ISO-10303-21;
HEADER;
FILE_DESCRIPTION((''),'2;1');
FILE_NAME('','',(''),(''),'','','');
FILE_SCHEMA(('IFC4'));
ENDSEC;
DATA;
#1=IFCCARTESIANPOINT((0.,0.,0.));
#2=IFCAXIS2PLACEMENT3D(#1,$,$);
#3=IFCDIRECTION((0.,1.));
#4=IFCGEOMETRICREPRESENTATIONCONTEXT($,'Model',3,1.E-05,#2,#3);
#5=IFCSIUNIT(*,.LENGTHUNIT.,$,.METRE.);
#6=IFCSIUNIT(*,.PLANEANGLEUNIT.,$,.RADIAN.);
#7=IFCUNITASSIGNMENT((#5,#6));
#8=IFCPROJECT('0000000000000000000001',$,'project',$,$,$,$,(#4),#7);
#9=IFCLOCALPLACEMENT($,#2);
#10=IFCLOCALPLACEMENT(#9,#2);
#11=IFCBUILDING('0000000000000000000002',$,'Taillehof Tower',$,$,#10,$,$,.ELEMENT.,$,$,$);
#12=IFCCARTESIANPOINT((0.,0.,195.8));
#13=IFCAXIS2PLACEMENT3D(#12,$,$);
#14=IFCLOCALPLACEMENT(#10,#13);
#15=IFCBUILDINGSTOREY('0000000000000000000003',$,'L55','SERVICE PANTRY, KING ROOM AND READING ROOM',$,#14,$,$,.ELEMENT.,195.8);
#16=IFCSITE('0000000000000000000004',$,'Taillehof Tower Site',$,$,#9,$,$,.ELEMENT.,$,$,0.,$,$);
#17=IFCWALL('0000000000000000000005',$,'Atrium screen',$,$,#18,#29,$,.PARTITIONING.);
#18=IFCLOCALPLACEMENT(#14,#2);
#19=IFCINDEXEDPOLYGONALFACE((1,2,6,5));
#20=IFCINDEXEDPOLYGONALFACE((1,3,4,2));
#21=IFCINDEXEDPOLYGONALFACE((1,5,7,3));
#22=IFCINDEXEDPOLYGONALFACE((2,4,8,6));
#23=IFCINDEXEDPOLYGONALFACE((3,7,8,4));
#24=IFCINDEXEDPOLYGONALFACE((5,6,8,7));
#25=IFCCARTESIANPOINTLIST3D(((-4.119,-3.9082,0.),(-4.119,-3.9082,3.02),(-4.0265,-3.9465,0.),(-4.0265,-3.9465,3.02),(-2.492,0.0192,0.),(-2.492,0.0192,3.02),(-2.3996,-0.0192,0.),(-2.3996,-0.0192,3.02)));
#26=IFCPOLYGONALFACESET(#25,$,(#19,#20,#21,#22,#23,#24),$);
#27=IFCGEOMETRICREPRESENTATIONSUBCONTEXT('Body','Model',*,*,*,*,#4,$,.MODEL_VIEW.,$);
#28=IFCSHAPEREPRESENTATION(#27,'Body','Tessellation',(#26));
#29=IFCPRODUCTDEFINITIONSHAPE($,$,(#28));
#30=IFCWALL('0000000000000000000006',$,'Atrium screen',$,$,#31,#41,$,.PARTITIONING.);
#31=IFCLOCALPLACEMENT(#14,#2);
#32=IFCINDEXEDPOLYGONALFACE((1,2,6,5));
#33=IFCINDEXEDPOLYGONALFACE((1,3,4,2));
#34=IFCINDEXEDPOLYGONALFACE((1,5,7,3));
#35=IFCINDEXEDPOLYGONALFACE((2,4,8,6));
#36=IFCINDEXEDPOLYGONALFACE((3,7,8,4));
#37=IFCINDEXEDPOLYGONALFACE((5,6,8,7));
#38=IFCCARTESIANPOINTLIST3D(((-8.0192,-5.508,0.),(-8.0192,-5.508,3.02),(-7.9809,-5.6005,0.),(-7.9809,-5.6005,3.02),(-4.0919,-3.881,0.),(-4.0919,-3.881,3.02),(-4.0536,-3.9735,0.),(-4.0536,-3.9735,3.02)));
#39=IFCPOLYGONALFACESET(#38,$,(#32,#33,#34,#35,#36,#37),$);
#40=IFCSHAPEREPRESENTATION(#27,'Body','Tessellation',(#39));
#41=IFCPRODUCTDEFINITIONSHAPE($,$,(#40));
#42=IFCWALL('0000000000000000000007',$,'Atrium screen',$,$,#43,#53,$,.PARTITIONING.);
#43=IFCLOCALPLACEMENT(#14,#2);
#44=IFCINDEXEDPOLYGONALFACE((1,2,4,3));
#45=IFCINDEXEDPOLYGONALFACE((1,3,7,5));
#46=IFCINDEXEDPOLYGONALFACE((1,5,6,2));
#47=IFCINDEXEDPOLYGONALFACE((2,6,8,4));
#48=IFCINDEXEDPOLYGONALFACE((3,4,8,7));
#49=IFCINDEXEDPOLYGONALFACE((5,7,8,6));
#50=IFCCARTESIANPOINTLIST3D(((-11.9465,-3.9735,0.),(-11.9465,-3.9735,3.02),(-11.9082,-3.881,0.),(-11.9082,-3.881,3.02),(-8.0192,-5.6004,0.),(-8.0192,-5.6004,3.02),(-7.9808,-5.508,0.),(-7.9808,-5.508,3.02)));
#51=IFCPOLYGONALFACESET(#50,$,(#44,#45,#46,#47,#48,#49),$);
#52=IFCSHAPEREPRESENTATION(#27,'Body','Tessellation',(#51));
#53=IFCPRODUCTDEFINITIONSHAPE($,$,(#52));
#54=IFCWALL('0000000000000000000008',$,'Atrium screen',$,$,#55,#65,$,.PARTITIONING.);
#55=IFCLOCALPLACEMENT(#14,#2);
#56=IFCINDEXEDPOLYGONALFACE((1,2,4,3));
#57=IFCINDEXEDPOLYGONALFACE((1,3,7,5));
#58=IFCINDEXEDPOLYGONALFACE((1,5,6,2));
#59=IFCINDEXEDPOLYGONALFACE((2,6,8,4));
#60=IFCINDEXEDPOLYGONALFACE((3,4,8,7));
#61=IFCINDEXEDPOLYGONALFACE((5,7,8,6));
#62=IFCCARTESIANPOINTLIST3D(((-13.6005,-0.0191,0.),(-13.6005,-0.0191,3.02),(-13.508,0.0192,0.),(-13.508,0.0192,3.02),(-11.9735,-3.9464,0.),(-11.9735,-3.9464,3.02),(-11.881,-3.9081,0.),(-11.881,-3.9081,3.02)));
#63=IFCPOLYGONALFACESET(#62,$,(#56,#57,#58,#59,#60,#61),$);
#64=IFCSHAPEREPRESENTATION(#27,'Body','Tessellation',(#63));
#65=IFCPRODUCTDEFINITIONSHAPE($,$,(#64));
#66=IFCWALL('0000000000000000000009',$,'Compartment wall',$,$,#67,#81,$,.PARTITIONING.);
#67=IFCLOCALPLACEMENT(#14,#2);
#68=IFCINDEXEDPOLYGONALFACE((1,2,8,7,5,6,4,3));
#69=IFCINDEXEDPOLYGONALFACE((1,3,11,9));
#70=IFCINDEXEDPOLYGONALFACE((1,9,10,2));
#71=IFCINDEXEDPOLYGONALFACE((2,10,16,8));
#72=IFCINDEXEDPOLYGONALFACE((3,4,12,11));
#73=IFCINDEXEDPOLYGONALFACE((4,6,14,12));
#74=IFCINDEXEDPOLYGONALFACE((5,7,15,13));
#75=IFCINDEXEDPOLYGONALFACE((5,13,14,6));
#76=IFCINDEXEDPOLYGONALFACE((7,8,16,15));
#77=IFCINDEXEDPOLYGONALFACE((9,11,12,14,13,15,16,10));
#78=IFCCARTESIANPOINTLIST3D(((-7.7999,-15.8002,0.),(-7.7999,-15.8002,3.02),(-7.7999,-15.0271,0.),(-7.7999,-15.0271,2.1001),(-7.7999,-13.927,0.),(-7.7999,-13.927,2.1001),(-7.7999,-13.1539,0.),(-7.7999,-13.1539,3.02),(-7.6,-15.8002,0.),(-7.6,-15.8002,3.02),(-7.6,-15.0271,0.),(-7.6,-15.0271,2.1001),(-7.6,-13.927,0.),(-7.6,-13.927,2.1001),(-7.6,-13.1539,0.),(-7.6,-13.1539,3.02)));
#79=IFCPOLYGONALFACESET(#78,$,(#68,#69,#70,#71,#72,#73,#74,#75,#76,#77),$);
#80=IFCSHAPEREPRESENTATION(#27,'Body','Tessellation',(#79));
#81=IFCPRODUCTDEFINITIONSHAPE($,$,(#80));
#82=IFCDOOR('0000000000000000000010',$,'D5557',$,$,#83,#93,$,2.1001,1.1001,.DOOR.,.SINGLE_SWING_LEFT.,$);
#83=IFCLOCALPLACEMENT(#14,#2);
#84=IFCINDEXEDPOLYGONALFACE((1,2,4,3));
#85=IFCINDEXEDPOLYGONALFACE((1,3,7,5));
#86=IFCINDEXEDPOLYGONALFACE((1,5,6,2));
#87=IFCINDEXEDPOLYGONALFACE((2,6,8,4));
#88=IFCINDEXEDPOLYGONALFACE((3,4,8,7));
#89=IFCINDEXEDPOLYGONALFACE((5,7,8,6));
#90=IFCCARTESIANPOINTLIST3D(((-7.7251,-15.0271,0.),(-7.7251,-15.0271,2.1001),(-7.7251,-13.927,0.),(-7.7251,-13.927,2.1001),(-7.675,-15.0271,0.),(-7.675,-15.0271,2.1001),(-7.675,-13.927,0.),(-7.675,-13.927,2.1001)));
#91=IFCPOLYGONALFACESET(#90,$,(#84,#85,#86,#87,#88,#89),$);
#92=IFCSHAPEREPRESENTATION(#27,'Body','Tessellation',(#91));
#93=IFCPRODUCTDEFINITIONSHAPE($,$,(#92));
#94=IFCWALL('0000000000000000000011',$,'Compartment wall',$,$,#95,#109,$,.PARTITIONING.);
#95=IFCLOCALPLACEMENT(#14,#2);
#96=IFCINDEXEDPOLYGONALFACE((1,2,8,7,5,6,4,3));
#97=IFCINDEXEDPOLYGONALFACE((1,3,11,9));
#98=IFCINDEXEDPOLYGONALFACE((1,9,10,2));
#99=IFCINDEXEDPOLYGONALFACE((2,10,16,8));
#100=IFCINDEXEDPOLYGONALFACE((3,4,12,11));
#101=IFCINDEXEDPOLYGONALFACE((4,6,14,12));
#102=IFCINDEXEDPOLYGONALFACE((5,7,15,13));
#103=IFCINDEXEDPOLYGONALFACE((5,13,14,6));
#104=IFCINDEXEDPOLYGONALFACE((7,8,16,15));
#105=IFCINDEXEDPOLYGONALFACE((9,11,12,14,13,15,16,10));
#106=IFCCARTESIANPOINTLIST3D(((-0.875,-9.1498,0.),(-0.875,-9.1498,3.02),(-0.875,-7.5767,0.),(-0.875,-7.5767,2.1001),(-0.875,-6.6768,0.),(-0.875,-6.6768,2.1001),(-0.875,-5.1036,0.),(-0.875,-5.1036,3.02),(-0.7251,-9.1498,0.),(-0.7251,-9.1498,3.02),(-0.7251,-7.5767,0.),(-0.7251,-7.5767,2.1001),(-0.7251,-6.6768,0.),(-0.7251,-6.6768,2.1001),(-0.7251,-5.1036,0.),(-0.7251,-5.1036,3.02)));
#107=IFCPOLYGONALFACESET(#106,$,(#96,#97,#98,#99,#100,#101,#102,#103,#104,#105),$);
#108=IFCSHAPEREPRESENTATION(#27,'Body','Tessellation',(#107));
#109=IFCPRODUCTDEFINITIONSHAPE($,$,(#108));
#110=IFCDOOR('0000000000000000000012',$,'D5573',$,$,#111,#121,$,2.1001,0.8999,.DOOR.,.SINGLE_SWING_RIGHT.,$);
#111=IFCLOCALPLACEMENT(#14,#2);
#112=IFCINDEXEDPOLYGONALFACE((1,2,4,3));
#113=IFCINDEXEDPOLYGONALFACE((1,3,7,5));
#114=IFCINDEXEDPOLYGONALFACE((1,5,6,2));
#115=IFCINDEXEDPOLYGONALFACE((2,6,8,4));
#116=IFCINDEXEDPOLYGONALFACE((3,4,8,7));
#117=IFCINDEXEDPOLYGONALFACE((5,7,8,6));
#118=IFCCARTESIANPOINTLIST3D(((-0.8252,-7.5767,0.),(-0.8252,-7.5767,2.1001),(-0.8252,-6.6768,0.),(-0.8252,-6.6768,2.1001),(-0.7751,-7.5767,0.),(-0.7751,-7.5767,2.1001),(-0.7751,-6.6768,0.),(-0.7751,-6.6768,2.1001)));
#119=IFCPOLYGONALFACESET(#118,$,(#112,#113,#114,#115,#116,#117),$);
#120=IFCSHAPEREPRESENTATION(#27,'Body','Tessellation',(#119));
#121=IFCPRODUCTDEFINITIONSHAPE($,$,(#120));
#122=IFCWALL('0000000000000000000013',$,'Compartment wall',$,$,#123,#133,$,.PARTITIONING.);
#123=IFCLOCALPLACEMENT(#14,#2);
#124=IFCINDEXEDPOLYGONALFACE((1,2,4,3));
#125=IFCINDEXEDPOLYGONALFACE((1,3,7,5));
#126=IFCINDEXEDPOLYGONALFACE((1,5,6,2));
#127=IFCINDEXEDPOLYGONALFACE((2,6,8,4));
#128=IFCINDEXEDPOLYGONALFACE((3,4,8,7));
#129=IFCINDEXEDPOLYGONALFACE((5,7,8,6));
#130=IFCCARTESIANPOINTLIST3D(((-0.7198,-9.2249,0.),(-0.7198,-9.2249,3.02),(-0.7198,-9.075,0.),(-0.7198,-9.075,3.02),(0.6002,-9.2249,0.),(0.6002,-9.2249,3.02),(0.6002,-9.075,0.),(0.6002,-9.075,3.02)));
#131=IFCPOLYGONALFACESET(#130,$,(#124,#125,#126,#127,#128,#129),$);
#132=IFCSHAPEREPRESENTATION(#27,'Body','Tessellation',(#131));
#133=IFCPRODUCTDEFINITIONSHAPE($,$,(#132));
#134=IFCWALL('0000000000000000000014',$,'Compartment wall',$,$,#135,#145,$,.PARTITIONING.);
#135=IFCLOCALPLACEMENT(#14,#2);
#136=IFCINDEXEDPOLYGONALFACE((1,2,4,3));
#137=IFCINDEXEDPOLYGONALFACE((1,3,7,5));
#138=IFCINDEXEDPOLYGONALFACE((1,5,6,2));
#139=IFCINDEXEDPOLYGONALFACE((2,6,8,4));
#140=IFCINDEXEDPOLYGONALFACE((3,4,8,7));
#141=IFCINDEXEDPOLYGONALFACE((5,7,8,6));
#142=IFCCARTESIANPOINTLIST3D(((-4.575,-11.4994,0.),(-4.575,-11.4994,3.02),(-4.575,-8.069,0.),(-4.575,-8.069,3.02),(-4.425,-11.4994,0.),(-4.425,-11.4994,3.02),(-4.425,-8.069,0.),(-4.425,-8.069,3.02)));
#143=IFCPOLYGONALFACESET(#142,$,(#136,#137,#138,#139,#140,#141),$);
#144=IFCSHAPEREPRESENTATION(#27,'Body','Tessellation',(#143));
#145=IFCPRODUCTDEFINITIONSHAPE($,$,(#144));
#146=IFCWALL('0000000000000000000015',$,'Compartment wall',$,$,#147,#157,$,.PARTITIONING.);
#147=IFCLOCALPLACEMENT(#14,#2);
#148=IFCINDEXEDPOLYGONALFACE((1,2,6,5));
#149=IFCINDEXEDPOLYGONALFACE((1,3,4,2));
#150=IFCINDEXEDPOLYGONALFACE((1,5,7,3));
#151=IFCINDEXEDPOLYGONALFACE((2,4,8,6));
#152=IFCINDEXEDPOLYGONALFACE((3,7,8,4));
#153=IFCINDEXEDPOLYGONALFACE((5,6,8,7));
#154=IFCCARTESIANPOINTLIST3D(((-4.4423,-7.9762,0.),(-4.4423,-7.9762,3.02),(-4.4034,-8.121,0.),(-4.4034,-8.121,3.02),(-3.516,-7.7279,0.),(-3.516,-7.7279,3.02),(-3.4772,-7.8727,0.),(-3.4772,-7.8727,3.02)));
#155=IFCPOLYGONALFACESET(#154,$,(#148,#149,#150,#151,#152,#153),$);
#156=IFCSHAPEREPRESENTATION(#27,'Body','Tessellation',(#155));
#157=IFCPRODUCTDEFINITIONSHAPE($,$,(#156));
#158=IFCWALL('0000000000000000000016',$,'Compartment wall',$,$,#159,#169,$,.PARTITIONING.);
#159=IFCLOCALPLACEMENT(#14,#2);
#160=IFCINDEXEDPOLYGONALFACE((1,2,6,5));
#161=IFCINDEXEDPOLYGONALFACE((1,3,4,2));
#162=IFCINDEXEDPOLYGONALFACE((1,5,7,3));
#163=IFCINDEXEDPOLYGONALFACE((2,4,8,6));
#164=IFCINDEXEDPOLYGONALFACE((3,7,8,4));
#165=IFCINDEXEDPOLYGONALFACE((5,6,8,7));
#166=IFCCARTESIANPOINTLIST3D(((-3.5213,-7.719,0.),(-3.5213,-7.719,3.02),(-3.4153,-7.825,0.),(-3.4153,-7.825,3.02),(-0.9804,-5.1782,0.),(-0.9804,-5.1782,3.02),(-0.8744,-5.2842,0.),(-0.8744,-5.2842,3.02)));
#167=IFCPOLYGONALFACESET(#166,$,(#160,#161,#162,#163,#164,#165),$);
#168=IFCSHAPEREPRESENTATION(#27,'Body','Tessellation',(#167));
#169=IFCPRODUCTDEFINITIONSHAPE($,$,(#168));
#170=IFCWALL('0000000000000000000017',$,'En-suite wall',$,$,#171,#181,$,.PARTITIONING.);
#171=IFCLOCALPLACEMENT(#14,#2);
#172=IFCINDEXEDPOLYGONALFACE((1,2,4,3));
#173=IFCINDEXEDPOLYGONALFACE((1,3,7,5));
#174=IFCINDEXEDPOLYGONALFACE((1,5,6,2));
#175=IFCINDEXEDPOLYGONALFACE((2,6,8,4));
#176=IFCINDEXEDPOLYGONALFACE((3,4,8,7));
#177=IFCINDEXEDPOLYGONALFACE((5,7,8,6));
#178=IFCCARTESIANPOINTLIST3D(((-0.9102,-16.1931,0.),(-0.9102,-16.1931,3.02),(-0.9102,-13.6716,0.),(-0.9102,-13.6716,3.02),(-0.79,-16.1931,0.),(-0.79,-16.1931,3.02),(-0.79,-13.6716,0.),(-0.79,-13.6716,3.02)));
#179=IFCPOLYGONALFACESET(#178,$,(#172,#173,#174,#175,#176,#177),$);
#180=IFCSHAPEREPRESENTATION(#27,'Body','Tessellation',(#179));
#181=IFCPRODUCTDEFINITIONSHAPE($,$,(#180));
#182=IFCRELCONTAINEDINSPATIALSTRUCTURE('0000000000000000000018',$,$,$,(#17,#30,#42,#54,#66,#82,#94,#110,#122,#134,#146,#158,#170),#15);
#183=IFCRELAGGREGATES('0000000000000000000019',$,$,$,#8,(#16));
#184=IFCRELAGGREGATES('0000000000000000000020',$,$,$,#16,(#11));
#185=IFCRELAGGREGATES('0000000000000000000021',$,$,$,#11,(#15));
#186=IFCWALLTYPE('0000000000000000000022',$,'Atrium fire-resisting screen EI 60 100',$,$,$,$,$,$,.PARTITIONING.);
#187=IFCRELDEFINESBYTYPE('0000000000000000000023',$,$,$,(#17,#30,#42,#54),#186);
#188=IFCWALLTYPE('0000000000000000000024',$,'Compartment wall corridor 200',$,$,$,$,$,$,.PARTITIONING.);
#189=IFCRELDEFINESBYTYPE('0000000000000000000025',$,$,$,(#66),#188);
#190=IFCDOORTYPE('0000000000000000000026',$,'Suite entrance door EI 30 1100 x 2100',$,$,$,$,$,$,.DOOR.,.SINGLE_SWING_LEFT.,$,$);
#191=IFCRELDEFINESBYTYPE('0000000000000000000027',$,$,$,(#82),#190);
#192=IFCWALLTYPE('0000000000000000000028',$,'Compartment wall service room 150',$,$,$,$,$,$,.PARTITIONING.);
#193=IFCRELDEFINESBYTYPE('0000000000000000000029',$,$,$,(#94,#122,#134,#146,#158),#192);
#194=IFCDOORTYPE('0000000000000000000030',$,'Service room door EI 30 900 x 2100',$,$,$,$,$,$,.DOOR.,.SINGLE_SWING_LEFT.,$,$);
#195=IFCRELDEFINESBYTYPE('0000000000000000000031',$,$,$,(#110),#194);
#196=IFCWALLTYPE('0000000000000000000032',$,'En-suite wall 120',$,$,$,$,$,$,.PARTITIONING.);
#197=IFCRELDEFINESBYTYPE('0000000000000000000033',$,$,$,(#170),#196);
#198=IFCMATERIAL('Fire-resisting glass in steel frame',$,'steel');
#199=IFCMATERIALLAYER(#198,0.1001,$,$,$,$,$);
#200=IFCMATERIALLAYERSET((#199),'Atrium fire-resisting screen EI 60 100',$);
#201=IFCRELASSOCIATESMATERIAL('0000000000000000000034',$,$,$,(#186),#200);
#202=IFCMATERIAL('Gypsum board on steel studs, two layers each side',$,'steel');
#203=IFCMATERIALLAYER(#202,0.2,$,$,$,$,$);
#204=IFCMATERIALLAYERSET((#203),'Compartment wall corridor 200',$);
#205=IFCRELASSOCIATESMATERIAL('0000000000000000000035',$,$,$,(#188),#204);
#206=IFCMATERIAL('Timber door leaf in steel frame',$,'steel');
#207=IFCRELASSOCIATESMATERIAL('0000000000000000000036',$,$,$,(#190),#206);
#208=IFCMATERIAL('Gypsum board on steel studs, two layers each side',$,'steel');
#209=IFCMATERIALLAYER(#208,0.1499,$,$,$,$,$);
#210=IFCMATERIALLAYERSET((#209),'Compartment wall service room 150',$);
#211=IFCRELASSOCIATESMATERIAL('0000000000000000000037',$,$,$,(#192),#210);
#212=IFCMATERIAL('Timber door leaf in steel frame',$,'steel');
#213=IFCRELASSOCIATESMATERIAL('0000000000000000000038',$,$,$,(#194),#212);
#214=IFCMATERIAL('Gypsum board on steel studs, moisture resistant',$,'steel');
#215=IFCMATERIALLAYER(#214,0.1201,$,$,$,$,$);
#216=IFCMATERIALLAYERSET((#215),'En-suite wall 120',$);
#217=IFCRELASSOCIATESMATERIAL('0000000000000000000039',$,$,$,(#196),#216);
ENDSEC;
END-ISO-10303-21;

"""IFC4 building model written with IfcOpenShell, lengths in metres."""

from ifc_helpers import new_model, si_unit, direction, frame, frame_2d, origin, place, context, subcontext, project, spatial, rectangle, extrude, material, layer, layer_set, type_object, element, fill, save


model = new_model("IFC4")

# Units and contexts
model_context = context("Model", 3, precision=1e-05, world=origin(), true_north=direction((0.0, 1.0)))
body_context = subcontext(model_context, "Body", "Model", "MODEL_VIEW")
ifc_project = project(units=[si_unit("LENGTHUNIT", "METRE"), si_unit("PLANEANGLEUNIT", "RADIAN")], contexts=[model_context])

# Site, building, storey
site_placement = place(None, origin())
site = spatial("IfcSite", under=ifc_project, at=site_placement, Name="Taillehof Tower Site", CompositionType="ELEMENT", RefElevation=0.0)
building_placement = place(site_placement, origin())
building = spatial("IfcBuilding", under=site, at=building_placement, Name="Taillehof Tower", CompositionType="ELEMENT")
storey_placement = place(building_placement, frame((0.0, 0.0, 195.8)))
storey = spatial("IfcBuildingStorey", under=building, at=storey_placement, Name="L55", Description="SERVICE PANTRY, KING ROOM AND READING ROOM", CompositionType="ELEMENT", Elevation=195.8)

# Walls
ifc_material_1 = material(Name="Fire-resisting glass in steel frame", Category="steel")
ifc_layer_1 = layer(ifc_material_1, 0.1001)
ifc_layer_set_1 = layer_set([ifc_layer_1], Name="Atrium fire-resisting screen EI 60 100")
wall_type_1 = type_object("IfcWallType", Name="Atrium fire-resisting screen EI 60 100", PredefinedType="PARTITIONING", material=ifc_layer_set_1)
for number, where, z_axis, x_axis, name in (
    (1, (-2.4458, 0.0, 0.0), (0.0, 0.0, 1.0), (-0.382731, -0.92386, 0.0), "Atrium screen"),
    (2, (-4.0728, -3.9272, 0.0), (0.0, 0.0, 1.0), (-0.92386, -0.382731, 0.0), "Atrium screen"),
    (3, (-8.0, -5.5542, 0.0), (0.0, 0.0, 1.0), (-0.92386, 0.382731, 0.0), "Atrium screen"),
    (4, (-11.9272, -3.9272, 0.0), (0.0, 0.0, 1.0), (-0.382731, 0.92386, 0.0), "Atrium screen"),
):
    element("IfcWall", number, at=place(storey_placement, frame(where, z_axis=z_axis, x_axis=x_axis)), inside=storey, type_object=wall_type_1, Name=name, PredefinedType="PARTITIONING", context=body_context, shape_type="SweptSolid", body=[
        extrude(rectangle(XDim=4.251, YDim=0.1001, at=frame_2d((2.1255, 0.0))), origin(), (0.0, 0.0, 1.0), 3.02),
    ])

# Walls, openings, doors
ifc_material_2 = material(Name="Gypsum board on steel studs, two layers each side", Category="steel")
ifc_layer_2 = layer(ifc_material_2, 0.2)
ifc_layer_set_2 = layer_set([ifc_layer_2], Name="Compartment wall corridor 200")
wall_type_2 = type_object("IfcWallType", Name="Compartment wall corridor 200", PredefinedType="PARTITIONING", material=ifc_layer_set_2)
wall_1_placement = place(storey_placement, frame((-7.7, -13.1538, 0.0), z_axis=(0.0, 0.0, 1.0), x_axis=(0.0, -1.0, 0.0)))
wall_1 = element("IfcWall", 5, at=wall_1_placement, inside=storey, type_object=wall_type_2, Name="Compartment wall", PredefinedType="PARTITIONING", context=body_context, shape_type="SweptSolid", body=[
    extrude(rectangle(XDim=2.6462, YDim=0.2, at=frame_2d((1.3232, 0.0))), origin(), (0.0, 0.0, 1.0), 3.02),
])
opening_1_placement = place(wall_1_placement, frame((0.7732, 0.0, 0.0)))
opening_1 = element("IfcOpeningElement", 6, at=opening_1_placement, cuts=wall_1, PredefinedType="OPENING", context=body_context, shape_type="SweptSolid", body=[
    extrude(rectangle(XDim=1.1001, YDim=2.1001, at=frame_2d((0.55, 1.05))), frame((0.0, 0.1099, 0.0), z_axis=(0.0, -1.0, 0.0), x_axis=(1.0, 0.0, 0.0)), (0.0, 0.0, 1.0), 0.22),
])
ifc_material_3 = material(Name="Timber door leaf in steel frame", Category="steel")
door_type_1 = type_object("IfcDoorType", Name="Suite entrance door EI 30 1100 x 2100", OperationType="SINGLE_SWING_LEFT", PredefinedType="DOOR", material=ifc_material_3)
door_1_placement = place(opening_1_placement, origin())
door_1 = element("IfcDoor", 7, at=door_1_placement, inside=storey, type_object=door_type_1, Name="D5557", OperationType="SINGLE_SWING_LEFT", OverallHeight=2.1001, OverallWidth=1.1001, PredefinedType="DOOR", context=body_context, shape_type="SweptSolid", body=[
    extrude(rectangle(XDim=1.1001, YDim=2.1001, at=frame_2d((0.55, 1.05))), frame((0.0, 0.0249, 0.0), z_axis=(0.0, -1.0, 0.0), x_axis=(1.0, 0.0, 0.0)), (0.0, 0.0, 1.0), 0.05),
])
fill(opening_1, door_1)
ifc_material_4 = material(Name="Gypsum board on steel studs, two layers each side", Category="steel")
ifc_layer_3 = layer(ifc_material_4, 0.1499)
ifc_layer_set_3 = layer_set([ifc_layer_3], Name="Compartment wall service room 150")
wall_type_3 = type_object("IfcWallType", Name="Compartment wall service room 150", PredefinedType="PARTITIONING", material=ifc_layer_set_3)
wall_2_placement = place(storey_placement, frame((-0.8, -5.1038, 0.0), z_axis=(0.0, 0.0, 1.0), x_axis=(0.0, -1.0, 0.0)))
wall_2 = element("IfcWall", 8, at=wall_2_placement, inside=storey, type_object=wall_type_3, Name="Compartment wall", PredefinedType="PARTITIONING", context=body_context, shape_type="SweptSolid", body=[
    extrude(rectangle(XDim=4.0461, YDim=0.1499, at=frame_2d((2.0229, 0.0))), origin(), (0.0, 0.0, 1.0), 3.02),
])
opening_2_placement = place(wall_2_placement, frame((1.573, 0.0, 0.0)))
opening_2 = element("IfcOpeningElement", 9, at=opening_2_placement, cuts=wall_2, PredefinedType="OPENING", context=body_context, shape_type="SweptSolid", body=[
    extrude(rectangle(XDim=0.8999, YDim=2.1001, at=frame_2d((0.45, 1.05))), frame((0.0, 0.085, 0.0), z_axis=(0.0, -1.0, 0.0), x_axis=(1.0, 0.0, 0.0)), (0.0, 0.0, 1.0), 0.1699),
])
ifc_material_5 = material(Name="Timber door leaf in steel frame", Category="steel")
door_type_2 = type_object("IfcDoorType", Name="Service room door EI 30 900 x 2100", OperationType="SINGLE_SWING_LEFT", PredefinedType="DOOR", material=ifc_material_5)
door_2_placement = place(opening_2_placement, origin())
door_2 = element("IfcDoor", 10, at=door_2_placement, inside=storey, type_object=door_type_2, Name="D5573", OperationType="SINGLE_SWING_RIGHT", OverallHeight=2.1001, OverallWidth=0.8999, PredefinedType="DOOR", context=body_context, shape_type="SweptSolid", body=[
    extrude(rectangle(XDim=0.8999, YDim=2.1001, at=frame_2d((0.45, 1.05))), frame((0.0, 0.0249, 0.0), z_axis=(0.0, -1.0, 0.0), x_axis=(1.0, 0.0, 0.0)), (0.0, 0.0, 1.0), 0.05),
])
fill(opening_2, door_2)

# Walls
wall_3_placement = place(storey_placement, frame((-0.72, -9.1499, 0.0), z_axis=(0.0, 0.0, 1.0), x_axis=(1.0, 0.0, 0.0)))
element("IfcWall", 11, at=wall_3_placement, inside=storey, type_object=wall_type_3, Name="Compartment wall", PredefinedType="PARTITIONING", context=body_context, shape_type="SweptSolid", body=[
    extrude(rectangle(XDim=1.3201, YDim=0.1499, at=frame_2d((0.6602, 0.0))), origin(), (0.0, 0.0, 1.0), 3.02),
])
wall_4_placement = place(storey_placement, frame((-4.5, -11.4995, 0.0), z_axis=(0.0, 0.0, 1.0), x_axis=(0.0, 1.0, 0.0)))
element("IfcWall", 12, at=wall_4_placement, inside=storey, type_object=wall_type_3, Name="Compartment wall", PredefinedType="PARTITIONING", context=body_context, shape_type="SweptSolid", body=[
    extrude(rectangle(XDim=3.4304, YDim=0.1499, at=frame_2d((1.7153, 0.0))), origin(), (0.0, 0.0, 1.0), 3.02),
])
wall_5_placement = place(storey_placement, frame((-4.4229, -8.0486, 0.0), z_axis=(0.0, 0.0, 1.0), x_axis=(0.9659, 0.258914, 0.0)))
element("IfcWall", 13, at=wall_5_placement, inside=storey, type_object=wall_type_3, Name="Compartment wall", PredefinedType="PARTITIONING", context=body_context, shape_type="SweptSolid", body=[
    extrude(rectangle(XDim=0.959, YDim=0.1499, at=frame_2d((0.4795, 0.0))), origin(), (0.0, 0.0, 1.0), 3.02),
])
wall_6_placement = place(storey_placement, frame((-3.4683, -7.772, 0.0), z_axis=(0.0, 0.0, 1.0), x_axis=(0.707107, 0.707107, 0.0)))
element("IfcWall", 14, at=wall_6_placement, inside=storey, type_object=wall_type_3, Name="Compartment wall", PredefinedType="PARTITIONING", context=body_context, shape_type="SweptSolid", body=[
    extrude(rectangle(XDim=3.5933, YDim=0.1499, at=frame_2d((1.7966, 0.0))), origin(), (0.0, 0.0, 1.0), 3.02),
])
ifc_material_6 = material(Name="Gypsum board on steel studs, moisture resistant", Category="steel")
ifc_layer_4 = layer(ifc_material_6, 0.1201)
ifc_layer_set_4 = layer_set([ifc_layer_4], Name="En-suite wall 120")
wall_type_4 = type_object("IfcWallType", Name="En-suite wall 120", PredefinedType="PARTITIONING", material=ifc_layer_set_4)
wall_7_placement = place(storey_placement, frame((-0.8501, -13.6716, 0.0), z_axis=(0.0, 0.0, 1.0), x_axis=(0.0, -1.0, 0.0)))
element("IfcWall", 15, at=wall_7_placement, inside=storey, type_object=wall_type_4, Name="En-suite wall", PredefinedType="PARTITIONING", context=body_context, shape_type="SweptSolid", body=[
    extrude(rectangle(XDim=2.5215, YDim=0.1201, at=frame_2d((1.2607, 0.0))), origin(), (0.0, 0.0, 1.0), 3.02),
])

save(model, "model.ifc")
